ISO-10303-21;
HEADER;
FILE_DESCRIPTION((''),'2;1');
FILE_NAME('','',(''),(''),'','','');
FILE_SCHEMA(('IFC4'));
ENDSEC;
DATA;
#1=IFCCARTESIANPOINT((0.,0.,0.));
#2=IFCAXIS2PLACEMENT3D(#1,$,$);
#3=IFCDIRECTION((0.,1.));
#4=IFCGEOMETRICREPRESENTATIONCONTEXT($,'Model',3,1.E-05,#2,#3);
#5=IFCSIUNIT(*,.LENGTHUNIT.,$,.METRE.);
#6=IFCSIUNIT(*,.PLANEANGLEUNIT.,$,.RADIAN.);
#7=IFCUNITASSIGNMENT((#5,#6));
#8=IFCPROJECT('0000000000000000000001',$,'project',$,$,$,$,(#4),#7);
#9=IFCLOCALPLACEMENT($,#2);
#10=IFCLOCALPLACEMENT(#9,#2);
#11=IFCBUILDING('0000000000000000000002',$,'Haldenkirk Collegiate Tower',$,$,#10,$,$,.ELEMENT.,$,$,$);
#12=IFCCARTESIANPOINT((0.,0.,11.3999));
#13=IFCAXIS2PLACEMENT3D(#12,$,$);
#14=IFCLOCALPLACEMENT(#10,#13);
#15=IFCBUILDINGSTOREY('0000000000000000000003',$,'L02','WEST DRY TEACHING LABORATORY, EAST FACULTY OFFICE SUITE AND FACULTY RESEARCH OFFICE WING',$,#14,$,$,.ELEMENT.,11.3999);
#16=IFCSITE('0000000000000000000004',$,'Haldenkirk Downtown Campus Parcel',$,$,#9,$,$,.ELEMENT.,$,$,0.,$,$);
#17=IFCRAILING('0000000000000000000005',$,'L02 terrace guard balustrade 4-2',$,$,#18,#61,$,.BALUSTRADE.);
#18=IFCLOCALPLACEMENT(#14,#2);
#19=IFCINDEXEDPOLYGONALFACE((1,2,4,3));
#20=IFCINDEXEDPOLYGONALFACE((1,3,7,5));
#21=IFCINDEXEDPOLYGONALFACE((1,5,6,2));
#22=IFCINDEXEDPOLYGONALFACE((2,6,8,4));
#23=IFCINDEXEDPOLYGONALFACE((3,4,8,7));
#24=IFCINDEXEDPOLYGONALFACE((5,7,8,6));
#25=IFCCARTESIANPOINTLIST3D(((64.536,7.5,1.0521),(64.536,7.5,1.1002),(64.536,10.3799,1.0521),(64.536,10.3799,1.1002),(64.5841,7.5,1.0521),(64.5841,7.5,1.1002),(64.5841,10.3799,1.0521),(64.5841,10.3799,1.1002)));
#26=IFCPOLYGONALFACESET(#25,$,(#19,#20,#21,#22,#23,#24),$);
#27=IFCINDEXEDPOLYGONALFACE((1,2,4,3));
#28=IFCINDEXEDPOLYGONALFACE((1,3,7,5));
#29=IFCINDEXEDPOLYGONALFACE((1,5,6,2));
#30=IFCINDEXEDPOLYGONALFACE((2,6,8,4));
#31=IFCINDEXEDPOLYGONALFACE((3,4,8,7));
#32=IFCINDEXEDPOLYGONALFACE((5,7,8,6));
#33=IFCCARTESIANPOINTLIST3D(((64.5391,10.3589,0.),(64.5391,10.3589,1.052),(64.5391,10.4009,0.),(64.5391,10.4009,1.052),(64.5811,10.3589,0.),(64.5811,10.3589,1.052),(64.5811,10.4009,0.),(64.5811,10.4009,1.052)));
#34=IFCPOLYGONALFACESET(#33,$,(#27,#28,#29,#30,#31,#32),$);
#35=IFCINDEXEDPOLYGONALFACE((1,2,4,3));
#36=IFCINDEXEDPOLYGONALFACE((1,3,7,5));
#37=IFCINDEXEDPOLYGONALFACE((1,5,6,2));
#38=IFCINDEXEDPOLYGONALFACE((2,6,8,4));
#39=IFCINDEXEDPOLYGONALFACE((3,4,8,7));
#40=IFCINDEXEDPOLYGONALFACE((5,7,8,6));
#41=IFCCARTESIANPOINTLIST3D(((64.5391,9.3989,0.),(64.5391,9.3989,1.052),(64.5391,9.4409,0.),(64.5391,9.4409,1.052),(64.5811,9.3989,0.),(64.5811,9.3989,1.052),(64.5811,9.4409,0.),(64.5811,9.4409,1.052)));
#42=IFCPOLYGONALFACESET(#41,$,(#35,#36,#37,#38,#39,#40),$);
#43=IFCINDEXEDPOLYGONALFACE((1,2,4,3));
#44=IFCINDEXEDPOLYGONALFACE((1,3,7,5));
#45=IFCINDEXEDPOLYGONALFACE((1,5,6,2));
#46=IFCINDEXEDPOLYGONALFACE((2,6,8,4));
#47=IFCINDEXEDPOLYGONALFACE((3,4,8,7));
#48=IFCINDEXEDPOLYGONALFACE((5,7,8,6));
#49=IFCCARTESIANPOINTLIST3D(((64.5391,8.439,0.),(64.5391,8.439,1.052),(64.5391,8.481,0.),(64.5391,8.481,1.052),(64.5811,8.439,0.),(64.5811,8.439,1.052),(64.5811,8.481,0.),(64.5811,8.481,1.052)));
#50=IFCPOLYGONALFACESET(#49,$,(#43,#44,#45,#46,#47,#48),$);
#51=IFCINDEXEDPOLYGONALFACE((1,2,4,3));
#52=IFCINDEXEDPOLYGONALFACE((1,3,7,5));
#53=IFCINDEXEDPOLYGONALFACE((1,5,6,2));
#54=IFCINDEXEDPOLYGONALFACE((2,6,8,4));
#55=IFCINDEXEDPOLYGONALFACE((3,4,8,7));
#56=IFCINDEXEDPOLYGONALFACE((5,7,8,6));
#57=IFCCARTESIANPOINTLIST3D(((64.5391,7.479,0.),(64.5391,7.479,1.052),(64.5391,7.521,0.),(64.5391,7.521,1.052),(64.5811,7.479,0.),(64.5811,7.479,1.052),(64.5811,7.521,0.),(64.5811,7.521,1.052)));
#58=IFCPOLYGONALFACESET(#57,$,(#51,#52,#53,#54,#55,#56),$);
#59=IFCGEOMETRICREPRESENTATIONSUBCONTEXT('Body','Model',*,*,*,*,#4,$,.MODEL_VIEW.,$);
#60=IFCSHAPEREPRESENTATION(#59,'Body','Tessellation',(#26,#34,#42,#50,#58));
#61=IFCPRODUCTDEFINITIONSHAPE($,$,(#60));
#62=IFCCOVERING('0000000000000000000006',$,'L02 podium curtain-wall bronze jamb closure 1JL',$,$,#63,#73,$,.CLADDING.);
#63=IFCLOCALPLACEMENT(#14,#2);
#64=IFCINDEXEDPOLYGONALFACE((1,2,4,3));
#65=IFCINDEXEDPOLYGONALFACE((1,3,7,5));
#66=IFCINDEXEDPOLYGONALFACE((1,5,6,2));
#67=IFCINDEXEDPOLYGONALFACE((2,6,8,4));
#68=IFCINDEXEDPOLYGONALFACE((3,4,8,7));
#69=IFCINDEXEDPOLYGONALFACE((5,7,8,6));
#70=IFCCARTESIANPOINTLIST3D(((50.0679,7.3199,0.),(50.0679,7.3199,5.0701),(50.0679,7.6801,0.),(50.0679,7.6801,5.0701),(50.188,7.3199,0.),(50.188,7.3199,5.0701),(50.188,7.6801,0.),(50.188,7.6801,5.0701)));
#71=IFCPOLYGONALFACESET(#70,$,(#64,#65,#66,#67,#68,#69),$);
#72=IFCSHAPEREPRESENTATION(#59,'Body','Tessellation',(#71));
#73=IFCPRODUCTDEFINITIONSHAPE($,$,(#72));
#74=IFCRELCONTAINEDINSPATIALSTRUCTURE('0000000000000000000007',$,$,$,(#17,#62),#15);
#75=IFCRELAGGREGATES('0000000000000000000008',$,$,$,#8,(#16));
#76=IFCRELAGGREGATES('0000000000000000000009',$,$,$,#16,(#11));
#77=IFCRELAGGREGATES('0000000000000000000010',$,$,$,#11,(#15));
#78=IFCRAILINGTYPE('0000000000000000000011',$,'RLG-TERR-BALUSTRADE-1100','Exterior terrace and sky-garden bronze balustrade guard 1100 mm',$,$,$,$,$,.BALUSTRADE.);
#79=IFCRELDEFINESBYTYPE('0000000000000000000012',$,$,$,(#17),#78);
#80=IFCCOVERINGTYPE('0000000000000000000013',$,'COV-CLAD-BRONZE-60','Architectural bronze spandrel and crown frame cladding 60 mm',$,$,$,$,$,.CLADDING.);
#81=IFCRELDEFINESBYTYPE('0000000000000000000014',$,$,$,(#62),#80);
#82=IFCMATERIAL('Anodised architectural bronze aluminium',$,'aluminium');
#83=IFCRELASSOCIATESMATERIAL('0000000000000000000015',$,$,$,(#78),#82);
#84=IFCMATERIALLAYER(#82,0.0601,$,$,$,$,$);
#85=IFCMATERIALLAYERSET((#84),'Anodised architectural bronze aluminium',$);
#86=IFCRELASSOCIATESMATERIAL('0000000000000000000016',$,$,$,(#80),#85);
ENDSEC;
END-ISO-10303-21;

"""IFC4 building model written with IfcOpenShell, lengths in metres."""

from ifc_helpers import new_model, si_unit, direction, frame, origin, origin_2d, place, context, subcontext, project, spatial, rectangle, extrude, source, transform, mapped, material, layer, layer_set, type_object, element, save


model = new_model("IFC4")

# Units and contexts
model_context = context("Model", 3, precision=1e-05, world=origin(), true_north=direction((0.0, 1.0)))
body_context = subcontext(model_context, "Body", "Model", "MODEL_VIEW")
ifc_project = project(units=[si_unit("LENGTHUNIT", "METRE"), si_unit("PLANEANGLEUNIT", "RADIAN")], contexts=[model_context])

# Site, building, storey
site_placement = place(None, origin())
site = spatial("IfcSite", under=ifc_project, at=site_placement, Name="Haldenkirk Downtown Campus Parcel", CompositionType="ELEMENT", RefElevation=0.0)
building_placement = place(site_placement, origin())
building = spatial("IfcBuilding", under=site, at=building_placement, Name="Haldenkirk Collegiate Tower", CompositionType="ELEMENT")
storey_placement = place(building_placement, frame((0.0, 0.0, 11.3999)))
storey = spatial("IfcBuildingStorey", under=building, at=storey_placement, Name="L02", Description="WEST DRY TEACHING LABORATORY, EAST FACULTY OFFICE SUITE AND FACULTY RESEARCH OFFICE WING", CompositionType="ELEMENT", Elevation=11.3999)

# Shared definitions
ifc_material_1 = material(Name="Anodised architectural bronze aluminium", Category="aluminium")

# Railing
railing_type_1 = type_object("IfcRailingType", Name="RLG-TERR-BALUSTRADE-1100", Description="Exterior terrace and sky-garden bronze balustrade guard 1100 mm", PredefinedType="BALUSTRADE", material=ifc_material_1)
railing_1_placement = place(storey_placement, frame((64.5601, 10.3799, 0.0)))
element("IfcRailing", 1, at=railing_1_placement, inside=storey, type_object=railing_type_1, Name="L02 terrace guard balustrade 4-2", PredefinedType="BALUSTRADE", context=body_context, shape_type="SweptSolid", body=[
    extrude(rectangle(XDim=0.0481, YDim=0.0481, at=origin_2d()), frame((0.0, 0.0, 1.0762), z_axis=(0.0, -1.0, 0.0), x_axis=(1.0, 0.0, 0.0)), (0.0, 0.0, 1.0), 2.8799),
    extrude(rectangle(XDim=0.042, YDim=0.042, at=origin_2d()), origin(), (0.0, 0.0, 1.0), 1.052),
    extrude(rectangle(XDim=0.042, YDim=0.042, at=origin_2d()), frame((0.0, -0.96, 0.0)), (0.0, 0.0, 1.0), 1.052),
    extrude(rectangle(XDim=0.042, YDim=0.042, at=origin_2d()), frame((0.0, -1.9199, 0.0)), (0.0, 0.0, 1.0), 1.052),
    extrude(rectangle(XDim=0.042, YDim=0.042, at=origin_2d()), frame((0.0, -2.8799, 0.0)), (0.0, 0.0, 1.0), 1.052),
])

# Covering
ifc_layer_1 = layer(ifc_material_1, 0.0601)
ifc_layer_set_1 = layer_set([ifc_layer_1], Name="Anodised architectural bronze aluminium")
covering_type = type_object("IfcCoveringType", Name="COV-CLAD-BRONZE-60", Description="Architectural bronze spandrel and crown frame cladding 60 mm", PredefinedType="CLADDING", material=ifc_layer_set_1)
shared_shape = source(origin(), body_context, "Body", "SweptSolid", [
    extrude(rectangle(XDim=0.1201, YDim=0.3601, at=origin_2d()), origin(), (0.0, 0.0, 1.0), 5.0701),
])
covering_placement = place(storey_placement, frame((50.1279, 7.5, 0.0), z_axis=(0.0, 0.0, 1.0), x_axis=(-1.0, 0.0, 0.0)))
element("IfcCovering", 2, at=covering_placement, inside=storey, type_object=covering_type, Name="L02 podium curtain-wall bronze jamb closure 1JL", PredefinedType="CLADDING", context=body_context, shape_type="MappedRepresentation", body=[
    mapped(shared_shape, transform((0.0, 0.0, 0.0), x_axis=(1.0, 0.0, 0.0), y_axis=(0.0, 1.0, 0.0), z_axis=(0.0, 0.0, 1.0), scale=1.0)),
])

save(model, "model.ifc")
